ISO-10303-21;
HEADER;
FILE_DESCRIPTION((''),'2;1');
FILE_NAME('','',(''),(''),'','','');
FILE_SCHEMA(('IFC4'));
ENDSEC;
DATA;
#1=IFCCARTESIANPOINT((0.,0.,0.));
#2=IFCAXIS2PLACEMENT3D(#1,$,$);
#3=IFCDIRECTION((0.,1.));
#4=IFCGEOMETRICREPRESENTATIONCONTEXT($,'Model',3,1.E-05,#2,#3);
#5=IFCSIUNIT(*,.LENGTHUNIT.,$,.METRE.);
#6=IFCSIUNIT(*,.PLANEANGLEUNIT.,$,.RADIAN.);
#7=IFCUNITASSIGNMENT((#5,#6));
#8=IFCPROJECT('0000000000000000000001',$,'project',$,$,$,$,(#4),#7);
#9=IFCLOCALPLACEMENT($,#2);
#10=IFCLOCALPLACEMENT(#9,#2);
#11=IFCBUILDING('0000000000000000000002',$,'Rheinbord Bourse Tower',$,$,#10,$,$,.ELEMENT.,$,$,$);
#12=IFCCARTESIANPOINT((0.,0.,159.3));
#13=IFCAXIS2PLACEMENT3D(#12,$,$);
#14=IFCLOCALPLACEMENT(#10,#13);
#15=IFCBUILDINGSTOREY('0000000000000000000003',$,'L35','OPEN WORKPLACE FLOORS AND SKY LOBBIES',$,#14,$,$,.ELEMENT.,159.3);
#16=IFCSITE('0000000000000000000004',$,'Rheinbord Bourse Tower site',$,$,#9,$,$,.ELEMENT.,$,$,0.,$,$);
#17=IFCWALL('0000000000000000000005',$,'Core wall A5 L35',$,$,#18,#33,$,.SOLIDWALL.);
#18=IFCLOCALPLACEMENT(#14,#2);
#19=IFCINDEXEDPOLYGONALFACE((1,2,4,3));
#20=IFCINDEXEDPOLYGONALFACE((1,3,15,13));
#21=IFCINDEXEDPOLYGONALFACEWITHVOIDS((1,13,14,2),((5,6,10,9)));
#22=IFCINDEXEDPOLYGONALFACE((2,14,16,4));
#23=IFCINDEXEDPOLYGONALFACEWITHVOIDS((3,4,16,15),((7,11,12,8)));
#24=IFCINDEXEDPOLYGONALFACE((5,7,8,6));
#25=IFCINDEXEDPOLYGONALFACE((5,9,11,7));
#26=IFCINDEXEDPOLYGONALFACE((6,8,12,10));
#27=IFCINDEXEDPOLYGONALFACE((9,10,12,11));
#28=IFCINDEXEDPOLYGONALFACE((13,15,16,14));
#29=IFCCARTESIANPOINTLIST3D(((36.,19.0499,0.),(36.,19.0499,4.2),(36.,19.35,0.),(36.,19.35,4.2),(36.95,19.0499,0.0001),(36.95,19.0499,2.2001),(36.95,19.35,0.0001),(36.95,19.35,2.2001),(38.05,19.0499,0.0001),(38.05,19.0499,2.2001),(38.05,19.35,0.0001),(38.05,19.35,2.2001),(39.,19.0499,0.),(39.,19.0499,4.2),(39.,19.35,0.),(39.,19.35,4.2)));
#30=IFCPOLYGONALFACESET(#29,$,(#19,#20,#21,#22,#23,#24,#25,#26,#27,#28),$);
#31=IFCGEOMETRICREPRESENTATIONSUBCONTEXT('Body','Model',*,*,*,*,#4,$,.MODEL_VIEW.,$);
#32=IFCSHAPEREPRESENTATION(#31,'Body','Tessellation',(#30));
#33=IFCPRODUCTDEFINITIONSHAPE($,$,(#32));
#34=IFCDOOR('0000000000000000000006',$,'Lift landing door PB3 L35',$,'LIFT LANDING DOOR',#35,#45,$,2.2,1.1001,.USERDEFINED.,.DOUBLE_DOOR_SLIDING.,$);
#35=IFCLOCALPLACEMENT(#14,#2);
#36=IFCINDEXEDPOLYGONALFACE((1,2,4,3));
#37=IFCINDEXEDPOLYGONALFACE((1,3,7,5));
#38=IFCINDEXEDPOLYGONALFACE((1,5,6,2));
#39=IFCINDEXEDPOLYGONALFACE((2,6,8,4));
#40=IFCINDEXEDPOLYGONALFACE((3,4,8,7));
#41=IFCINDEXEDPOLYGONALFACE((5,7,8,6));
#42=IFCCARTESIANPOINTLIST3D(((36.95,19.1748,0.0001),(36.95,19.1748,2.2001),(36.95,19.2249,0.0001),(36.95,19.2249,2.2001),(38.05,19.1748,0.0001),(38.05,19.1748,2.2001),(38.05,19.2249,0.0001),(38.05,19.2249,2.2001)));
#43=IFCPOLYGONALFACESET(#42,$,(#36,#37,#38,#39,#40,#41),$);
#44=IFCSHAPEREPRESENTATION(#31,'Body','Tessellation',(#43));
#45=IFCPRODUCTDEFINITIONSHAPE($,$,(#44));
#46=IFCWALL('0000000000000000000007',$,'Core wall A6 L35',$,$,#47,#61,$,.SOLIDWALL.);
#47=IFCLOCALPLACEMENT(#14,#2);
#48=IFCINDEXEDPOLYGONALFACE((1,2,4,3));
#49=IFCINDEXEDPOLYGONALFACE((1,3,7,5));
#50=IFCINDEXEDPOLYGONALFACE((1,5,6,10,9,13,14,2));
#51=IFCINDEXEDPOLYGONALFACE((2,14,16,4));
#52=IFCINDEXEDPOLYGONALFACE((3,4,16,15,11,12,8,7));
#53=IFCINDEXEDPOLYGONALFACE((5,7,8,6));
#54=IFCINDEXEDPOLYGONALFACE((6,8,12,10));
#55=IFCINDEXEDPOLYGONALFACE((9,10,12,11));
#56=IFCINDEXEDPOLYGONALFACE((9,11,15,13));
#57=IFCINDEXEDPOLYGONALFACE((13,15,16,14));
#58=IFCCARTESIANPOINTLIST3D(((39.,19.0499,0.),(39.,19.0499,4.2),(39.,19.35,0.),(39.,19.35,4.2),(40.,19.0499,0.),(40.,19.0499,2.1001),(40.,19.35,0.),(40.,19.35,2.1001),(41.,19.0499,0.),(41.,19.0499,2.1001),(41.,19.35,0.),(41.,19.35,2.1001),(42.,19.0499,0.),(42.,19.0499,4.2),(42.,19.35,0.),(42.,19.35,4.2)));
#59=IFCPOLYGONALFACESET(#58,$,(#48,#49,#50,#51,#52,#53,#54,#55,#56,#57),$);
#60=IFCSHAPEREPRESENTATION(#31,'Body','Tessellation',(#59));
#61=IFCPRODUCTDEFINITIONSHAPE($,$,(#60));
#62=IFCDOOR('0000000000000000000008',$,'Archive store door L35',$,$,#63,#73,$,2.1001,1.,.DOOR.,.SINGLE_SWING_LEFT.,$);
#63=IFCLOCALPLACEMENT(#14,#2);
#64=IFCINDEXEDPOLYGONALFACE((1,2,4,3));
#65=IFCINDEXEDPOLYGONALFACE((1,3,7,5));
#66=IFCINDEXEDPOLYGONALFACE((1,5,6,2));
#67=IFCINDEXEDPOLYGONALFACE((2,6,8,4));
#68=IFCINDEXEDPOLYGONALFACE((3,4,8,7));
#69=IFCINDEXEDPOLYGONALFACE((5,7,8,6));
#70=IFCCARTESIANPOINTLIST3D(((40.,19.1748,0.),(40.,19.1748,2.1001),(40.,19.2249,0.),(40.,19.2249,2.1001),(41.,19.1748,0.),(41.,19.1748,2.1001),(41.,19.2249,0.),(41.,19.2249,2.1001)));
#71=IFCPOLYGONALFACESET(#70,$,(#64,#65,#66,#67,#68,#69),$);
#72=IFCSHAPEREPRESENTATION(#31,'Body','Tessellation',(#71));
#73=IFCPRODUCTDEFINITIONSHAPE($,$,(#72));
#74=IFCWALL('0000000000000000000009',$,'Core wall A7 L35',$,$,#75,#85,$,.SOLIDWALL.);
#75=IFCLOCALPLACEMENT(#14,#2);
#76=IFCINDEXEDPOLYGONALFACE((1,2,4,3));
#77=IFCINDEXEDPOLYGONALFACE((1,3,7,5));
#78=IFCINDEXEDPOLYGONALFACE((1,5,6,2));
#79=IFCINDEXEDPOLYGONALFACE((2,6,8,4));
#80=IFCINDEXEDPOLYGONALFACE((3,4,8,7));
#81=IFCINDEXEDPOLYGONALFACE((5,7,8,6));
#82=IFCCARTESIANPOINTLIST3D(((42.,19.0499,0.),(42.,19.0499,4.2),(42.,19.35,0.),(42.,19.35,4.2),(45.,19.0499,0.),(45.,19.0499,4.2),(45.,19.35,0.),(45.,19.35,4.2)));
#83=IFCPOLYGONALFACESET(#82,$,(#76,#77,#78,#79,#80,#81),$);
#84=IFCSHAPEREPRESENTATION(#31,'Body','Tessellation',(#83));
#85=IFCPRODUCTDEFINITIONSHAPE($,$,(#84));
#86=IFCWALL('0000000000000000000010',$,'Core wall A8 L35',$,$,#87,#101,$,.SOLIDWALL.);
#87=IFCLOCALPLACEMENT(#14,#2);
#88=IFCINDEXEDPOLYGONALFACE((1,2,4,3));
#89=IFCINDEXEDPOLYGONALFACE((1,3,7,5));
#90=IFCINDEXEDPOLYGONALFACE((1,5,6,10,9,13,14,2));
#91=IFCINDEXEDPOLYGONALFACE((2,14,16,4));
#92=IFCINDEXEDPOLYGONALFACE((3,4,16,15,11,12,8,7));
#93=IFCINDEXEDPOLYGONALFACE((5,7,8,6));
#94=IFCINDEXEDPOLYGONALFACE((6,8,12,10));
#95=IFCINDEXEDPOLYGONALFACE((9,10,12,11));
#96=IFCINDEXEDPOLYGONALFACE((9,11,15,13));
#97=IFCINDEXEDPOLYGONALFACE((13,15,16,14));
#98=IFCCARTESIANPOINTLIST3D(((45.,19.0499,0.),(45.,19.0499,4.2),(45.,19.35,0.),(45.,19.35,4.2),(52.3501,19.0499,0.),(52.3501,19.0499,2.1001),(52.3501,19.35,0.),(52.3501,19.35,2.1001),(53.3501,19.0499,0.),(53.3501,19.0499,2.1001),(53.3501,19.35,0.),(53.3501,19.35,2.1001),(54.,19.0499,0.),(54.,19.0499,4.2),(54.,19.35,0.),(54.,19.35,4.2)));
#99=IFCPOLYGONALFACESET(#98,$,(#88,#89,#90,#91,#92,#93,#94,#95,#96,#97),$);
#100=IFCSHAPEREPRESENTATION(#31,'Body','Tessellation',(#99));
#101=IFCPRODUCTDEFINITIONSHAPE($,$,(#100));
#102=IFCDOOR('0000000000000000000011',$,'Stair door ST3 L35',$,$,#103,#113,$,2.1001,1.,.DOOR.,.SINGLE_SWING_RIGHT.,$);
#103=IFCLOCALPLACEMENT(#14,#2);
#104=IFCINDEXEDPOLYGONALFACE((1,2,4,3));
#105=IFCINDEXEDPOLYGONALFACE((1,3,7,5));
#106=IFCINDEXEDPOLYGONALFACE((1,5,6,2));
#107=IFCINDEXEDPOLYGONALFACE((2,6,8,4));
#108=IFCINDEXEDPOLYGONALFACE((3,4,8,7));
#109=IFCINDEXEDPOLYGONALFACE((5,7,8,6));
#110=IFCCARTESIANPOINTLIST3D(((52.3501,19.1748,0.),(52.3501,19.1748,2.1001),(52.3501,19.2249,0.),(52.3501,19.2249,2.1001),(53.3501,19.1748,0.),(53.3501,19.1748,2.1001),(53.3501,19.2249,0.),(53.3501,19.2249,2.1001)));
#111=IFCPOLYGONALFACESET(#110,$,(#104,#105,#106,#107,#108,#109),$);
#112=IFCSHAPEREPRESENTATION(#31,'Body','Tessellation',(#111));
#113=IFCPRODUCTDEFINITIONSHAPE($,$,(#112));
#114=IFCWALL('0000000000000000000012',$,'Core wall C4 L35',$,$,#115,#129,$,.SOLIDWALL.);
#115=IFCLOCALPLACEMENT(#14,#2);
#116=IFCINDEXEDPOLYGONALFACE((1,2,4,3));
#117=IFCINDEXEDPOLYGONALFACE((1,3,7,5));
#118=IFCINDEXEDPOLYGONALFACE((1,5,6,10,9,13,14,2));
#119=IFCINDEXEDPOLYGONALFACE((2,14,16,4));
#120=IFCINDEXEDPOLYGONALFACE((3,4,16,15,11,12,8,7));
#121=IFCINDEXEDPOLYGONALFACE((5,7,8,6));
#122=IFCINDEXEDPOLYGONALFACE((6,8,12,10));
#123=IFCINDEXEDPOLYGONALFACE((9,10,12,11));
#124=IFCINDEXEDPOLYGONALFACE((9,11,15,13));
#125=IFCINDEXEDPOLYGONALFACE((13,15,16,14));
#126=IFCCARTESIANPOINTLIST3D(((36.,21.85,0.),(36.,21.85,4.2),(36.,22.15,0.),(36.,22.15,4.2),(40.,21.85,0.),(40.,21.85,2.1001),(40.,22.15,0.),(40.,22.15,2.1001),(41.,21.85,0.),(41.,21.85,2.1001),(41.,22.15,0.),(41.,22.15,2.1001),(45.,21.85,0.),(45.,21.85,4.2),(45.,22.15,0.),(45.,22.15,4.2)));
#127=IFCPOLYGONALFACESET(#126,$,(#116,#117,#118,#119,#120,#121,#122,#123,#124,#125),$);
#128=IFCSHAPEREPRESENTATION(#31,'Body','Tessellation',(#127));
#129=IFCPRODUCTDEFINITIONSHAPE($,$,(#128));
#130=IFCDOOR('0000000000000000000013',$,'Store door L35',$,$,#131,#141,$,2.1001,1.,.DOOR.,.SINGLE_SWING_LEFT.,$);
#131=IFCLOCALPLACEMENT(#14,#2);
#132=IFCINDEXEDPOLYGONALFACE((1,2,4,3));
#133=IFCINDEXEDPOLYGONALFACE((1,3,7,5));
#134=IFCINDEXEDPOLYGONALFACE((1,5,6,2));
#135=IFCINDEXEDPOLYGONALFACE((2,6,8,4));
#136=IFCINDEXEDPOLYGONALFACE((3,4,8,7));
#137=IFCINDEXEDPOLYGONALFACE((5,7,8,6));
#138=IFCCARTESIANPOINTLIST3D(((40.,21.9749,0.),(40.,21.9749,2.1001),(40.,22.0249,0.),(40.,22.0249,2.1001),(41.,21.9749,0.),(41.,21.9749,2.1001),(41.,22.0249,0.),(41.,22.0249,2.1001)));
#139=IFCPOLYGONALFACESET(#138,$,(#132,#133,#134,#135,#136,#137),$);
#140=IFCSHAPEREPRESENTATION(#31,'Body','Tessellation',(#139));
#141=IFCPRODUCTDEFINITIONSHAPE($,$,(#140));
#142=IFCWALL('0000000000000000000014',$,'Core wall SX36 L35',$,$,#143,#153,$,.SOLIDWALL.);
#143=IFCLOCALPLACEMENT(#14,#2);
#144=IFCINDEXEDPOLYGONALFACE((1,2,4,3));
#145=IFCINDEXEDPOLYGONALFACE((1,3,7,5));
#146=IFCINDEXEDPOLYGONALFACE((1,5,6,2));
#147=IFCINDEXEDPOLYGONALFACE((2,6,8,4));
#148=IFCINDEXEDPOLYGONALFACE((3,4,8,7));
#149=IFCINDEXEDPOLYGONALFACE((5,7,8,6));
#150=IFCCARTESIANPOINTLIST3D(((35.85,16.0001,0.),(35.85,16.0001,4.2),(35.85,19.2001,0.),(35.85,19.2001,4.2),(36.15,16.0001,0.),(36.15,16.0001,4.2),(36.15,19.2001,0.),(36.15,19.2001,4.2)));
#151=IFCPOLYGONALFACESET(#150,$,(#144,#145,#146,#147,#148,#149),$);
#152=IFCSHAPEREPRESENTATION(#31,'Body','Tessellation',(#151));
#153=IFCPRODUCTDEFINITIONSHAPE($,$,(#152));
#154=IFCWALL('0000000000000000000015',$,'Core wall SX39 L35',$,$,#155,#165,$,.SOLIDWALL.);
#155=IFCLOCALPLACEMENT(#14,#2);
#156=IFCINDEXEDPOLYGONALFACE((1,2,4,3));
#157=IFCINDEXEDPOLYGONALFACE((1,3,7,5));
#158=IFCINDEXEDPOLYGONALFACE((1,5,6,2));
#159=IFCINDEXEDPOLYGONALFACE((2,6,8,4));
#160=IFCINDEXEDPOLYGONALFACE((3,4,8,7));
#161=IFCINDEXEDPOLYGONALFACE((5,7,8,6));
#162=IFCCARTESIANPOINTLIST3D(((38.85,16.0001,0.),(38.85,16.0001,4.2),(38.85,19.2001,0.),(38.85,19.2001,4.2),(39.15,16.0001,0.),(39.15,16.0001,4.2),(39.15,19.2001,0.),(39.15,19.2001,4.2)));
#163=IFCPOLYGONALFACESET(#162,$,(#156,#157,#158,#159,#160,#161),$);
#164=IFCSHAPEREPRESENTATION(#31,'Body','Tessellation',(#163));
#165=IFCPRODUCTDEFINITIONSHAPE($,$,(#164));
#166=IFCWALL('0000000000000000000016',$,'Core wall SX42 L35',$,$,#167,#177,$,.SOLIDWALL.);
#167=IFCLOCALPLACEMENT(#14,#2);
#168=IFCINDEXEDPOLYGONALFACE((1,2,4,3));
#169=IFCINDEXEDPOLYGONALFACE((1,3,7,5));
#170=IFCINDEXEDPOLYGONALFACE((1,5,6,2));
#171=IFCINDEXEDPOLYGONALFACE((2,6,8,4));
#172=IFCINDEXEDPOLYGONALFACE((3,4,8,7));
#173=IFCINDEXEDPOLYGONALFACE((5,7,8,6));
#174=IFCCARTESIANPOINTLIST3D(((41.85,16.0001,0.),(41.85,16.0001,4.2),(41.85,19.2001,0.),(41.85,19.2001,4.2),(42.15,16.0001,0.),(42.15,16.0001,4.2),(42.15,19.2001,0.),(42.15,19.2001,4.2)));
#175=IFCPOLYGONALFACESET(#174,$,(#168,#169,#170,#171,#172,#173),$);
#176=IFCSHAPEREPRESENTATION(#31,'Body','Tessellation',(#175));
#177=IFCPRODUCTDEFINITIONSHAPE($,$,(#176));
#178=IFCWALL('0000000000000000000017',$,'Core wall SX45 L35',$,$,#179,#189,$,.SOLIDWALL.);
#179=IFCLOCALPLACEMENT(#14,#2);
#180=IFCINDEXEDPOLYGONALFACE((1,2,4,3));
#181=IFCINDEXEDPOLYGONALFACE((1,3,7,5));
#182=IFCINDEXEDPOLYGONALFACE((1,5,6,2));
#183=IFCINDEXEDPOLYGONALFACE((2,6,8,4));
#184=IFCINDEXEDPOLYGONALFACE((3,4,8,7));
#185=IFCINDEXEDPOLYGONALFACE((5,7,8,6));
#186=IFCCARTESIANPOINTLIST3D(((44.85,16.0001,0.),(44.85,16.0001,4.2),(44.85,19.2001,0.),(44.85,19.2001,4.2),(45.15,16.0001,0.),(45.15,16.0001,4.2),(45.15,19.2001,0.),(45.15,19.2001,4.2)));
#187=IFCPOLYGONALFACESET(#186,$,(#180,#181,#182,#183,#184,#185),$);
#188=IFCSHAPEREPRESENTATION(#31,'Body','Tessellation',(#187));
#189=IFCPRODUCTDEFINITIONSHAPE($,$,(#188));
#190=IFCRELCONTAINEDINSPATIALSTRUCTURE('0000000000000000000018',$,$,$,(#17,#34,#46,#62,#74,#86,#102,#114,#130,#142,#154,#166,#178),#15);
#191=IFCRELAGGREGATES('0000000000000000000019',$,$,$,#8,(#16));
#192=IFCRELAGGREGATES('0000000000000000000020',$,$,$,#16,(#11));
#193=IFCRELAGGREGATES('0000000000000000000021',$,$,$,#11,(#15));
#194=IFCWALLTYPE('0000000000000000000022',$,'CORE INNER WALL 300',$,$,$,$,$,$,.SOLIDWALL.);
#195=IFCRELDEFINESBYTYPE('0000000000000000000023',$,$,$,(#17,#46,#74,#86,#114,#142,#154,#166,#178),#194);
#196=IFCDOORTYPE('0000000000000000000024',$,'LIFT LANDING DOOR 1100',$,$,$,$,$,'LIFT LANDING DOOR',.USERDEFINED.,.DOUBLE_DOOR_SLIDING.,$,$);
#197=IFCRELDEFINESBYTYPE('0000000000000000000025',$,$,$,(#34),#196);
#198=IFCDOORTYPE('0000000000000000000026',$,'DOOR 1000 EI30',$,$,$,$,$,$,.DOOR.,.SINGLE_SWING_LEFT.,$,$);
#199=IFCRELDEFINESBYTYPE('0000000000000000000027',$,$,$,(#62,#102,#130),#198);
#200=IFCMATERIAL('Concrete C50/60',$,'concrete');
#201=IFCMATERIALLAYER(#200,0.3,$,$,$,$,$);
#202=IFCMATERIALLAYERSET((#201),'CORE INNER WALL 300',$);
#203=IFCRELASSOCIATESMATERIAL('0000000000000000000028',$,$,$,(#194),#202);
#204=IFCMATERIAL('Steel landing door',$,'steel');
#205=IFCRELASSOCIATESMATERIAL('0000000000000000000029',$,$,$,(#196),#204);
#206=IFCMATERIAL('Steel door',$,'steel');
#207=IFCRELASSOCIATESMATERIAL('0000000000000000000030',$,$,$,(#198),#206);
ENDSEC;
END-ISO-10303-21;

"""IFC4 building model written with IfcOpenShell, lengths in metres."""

from ifc_helpers import new_model, si_unit, direction, frame, frame_2d, origin, place, context, subcontext, project, spatial, rectangle, extrude, material, layer, layer_set, type_object, element, fill, save


model = new_model("IFC4")

# Units and contexts
model_context = context("Model", 3, precision=1e-05, world=origin(), true_north=direction((0.0, 1.0)))
body_context = subcontext(model_context, "Body", "Model", "MODEL_VIEW")
ifc_project = project(units=[si_unit("LENGTHUNIT", "METRE"), si_unit("PLANEANGLEUNIT", "RADIAN")], contexts=[model_context])

# Site, building, storey
site_placement = place(None, origin())
site = spatial("IfcSite", under=ifc_project, at=site_placement, Name="Rheinbord Bourse Tower site", CompositionType="ELEMENT", RefElevation=0.0)
building_placement = place(site_placement, origin())
building = spatial("IfcBuilding", under=site, at=building_placement, Name="Rheinbord Bourse Tower", CompositionType="ELEMENT")
storey_placement = place(building_placement, frame((0.0, 0.0, 159.3)))
storey = spatial("IfcBuildingStorey", under=building, at=storey_placement, Name="L35", Description="OPEN WORKPLACE FLOORS AND SKY LOBBIES", CompositionType="ELEMENT", Elevation=159.3)

# Walls, openings, doors
ifc_material_1 = material(Name="Concrete C50/60", Category="concrete")
ifc_layer_1 = layer(ifc_material_1, 0.3)
ifc_layer_set_1 = layer_set([ifc_layer_1], Name="CORE INNER WALL 300")
wall_type_1 = type_object("IfcWallType", Name="CORE INNER WALL 300", PredefinedType="SOLIDWALL", material=ifc_layer_set_1)
wall_1_placement = place(storey_placement, frame((36.0, 19.2, 0.0), z_axis=(0.0, 0.0, 1.0), x_axis=(1.0, 0.0, 0.0)))
wall_1 = element("IfcWall", 1, at=wall_1_placement, inside=storey, type_object=wall_type_1, Name="Core wall A5 L35", PredefinedType="SOLIDWALL", context=body_context, shape_type="SweptSolid", body=[
    extrude(rectangle(XDim=3.0, YDim=0.3, at=frame_2d((1.5, 0.0))), origin(), (0.0, 0.0, 1.0), 4.2),
])
opening_1_placement = place(wall_1_placement, frame((0.95, 0.0, 0.0)))
opening_1 = element("IfcOpeningElement", 2, at=opening_1_placement, cuts=wall_1, PredefinedType="OPENING", context=body_context, shape_type="SweptSolid", body=[
    extrude(rectangle(XDim=1.1001, YDim=2.2, at=frame_2d((0.55, 1.1001))), frame((0.0, 0.1599, 0.0), z_axis=(0.0, -1.0, 0.0), x_axis=(1.0, 0.0, 0.0)), (0.0, 0.0, 1.0), 0.3201),
])
ifc_material_2 = material(Name="Steel landing door", Category="steel")
door_type_1 = type_object("IfcDoorType", Name="LIFT LANDING DOOR 1100", ElementType="LIFT LANDING DOOR", OperationType="DOUBLE_DOOR_SLIDING", PredefinedType="USERDEFINED", material=ifc_material_2)
door_1_placement = place(opening_1_placement, origin())
door_1 = element("IfcDoor", 3, at=door_1_placement, inside=storey, type_object=door_type_1, Name="Lift landing door PB3 L35", ObjectType="LIFT LANDING DOOR", OperationType="DOUBLE_DOOR_SLIDING", OverallHeight=2.2, OverallWidth=1.1001, PredefinedType="USERDEFINED", context=body_context, shape_type="SweptSolid", body=[
    extrude(rectangle(XDim=1.1001, YDim=2.2, at=frame_2d((0.55, 1.1001))), frame((0.0, 0.0249, 0.0), z_axis=(0.0, -1.0, 0.0), x_axis=(1.0, 0.0, 0.0)), (0.0, 0.0, 1.0), 0.05),
])
fill(opening_1, door_1)
wall_2_placement = place(storey_placement, frame((39.0, 19.2, 0.0), z_axis=(0.0, 0.0, 1.0), x_axis=(1.0, 0.0, 0.0)))
wall_2 = element("IfcWall", 4, at=wall_2_placement, inside=storey, type_object=wall_type_1, Name="Core wall A6 L35", PredefinedType="SOLIDWALL", context=body_context, shape_type="SweptSolid", body=[
    extrude(rectangle(XDim=3.0, YDim=0.3, at=frame_2d((1.5, 0.0))), origin(), (0.0, 0.0, 1.0), 4.2),
])
opening_2_placement = place(wall_2_placement, frame((1.0, 0.0, 0.0)))
opening_2 = element("IfcOpeningElement", 5, at=opening_2_placement, cuts=wall_2, PredefinedType="OPENING", context=body_context, shape_type="SweptSolid", body=[
    extrude(rectangle(XDim=1.0, YDim=2.1001, at=frame_2d((0.5, 1.05))), frame((0.0, 0.1599, 0.0), z_axis=(0.0, -1.0, 0.0), x_axis=(1.0, 0.0, 0.0)), (0.0, 0.0, 1.0), 0.3201),
])
ifc_material_3 = material(Name="Steel door", Category="steel")
door_type_2 = type_object("IfcDoorType", Name="DOOR 1000 EI30", OperationType="SINGLE_SWING_LEFT", PredefinedType="DOOR", material=ifc_material_3)
door_2_placement = place(opening_2_placement, origin())
door_2 = element("IfcDoor", 6, at=door_2_placement, inside=storey, type_object=door_type_2, Name="Archive store door L35", OperationType="SINGLE_SWING_LEFT", OverallHeight=2.1001, OverallWidth=1.0, PredefinedType="DOOR", context=body_context, shape_type="SweptSolid", body=[
    extrude(rectangle(XDim=1.0, YDim=2.1001, at=frame_2d((0.5, 1.05))), frame((0.0, 0.0249, 0.0), z_axis=(0.0, -1.0, 0.0), x_axis=(1.0, 0.0, 0.0)), (0.0, 0.0, 1.0), 0.05),
])
fill(opening_2, door_2)

# Wall
wall_3_placement = place(storey_placement, frame((42.0, 19.2, 0.0), z_axis=(0.0, 0.0, 1.0), x_axis=(1.0, 0.0, 0.0)))
element("IfcWall", 7, at=wall_3_placement, inside=storey, type_object=wall_type_1, Name="Core wall A7 L35", PredefinedType="SOLIDWALL", context=body_context, shape_type="SweptSolid", body=[
    extrude(rectangle(XDim=3.0, YDim=0.3, at=frame_2d((1.5, 0.0))), origin(), (0.0, 0.0, 1.0), 4.2),
])

# Walls, openings, doors
wall_4_placement = place(storey_placement, frame((45.0, 19.2, 0.0), z_axis=(0.0, 0.0, 1.0), x_axis=(1.0, 0.0, 0.0)))
wall_4 = element("IfcWall", 8, at=wall_4_placement, inside=storey, type_object=wall_type_1, Name="Core wall A8 L35", PredefinedType="SOLIDWALL", context=body_context, shape_type="SweptSolid", body=[
    extrude(rectangle(XDim=9.0, YDim=0.3, at=frame_2d((4.5, 0.0))), origin(), (0.0, 0.0, 1.0), 4.2),
])
opening_3_placement = place(wall_4_placement, frame((7.3501, 0.0, 0.0)))
opening_3 = element("IfcOpeningElement", 9, at=opening_3_placement, cuts=wall_4, PredefinedType="OPENING", context=body_context, shape_type="SweptSolid", body=[
    extrude(rectangle(XDim=1.0, YDim=2.1001, at=frame_2d((0.5, 1.05))), frame((0.0, 0.1599, 0.0), z_axis=(0.0, -1.0, 0.0), x_axis=(1.0, 0.0, 0.0)), (0.0, 0.0, 1.0), 0.3201),
])
door_3_placement = place(opening_3_placement, origin())
door_3 = element("IfcDoor", 10, at=door_3_placement, inside=storey, type_object=door_type_2, Name="Stair door ST3 L35", OperationType="SINGLE_SWING_RIGHT", OverallHeight=2.1001, OverallWidth=1.0, PredefinedType="DOOR", context=body_context, shape_type="SweptSolid", body=[
    extrude(rectangle(XDim=1.0, YDim=2.1001, at=frame_2d((0.5, 1.05))), frame((0.0, 0.0249, 0.0), z_axis=(0.0, -1.0, 0.0), x_axis=(1.0, 0.0, 0.0)), (0.0, 0.0, 1.0), 0.05),
])
fill(opening_3, door_3)
wall_5_placement = place(storey_placement, frame((36.0, 22.0, 0.0), z_axis=(0.0, 0.0, 1.0), x_axis=(1.0, 0.0, 0.0)))
wall_5 = element("IfcWall", 11, at=wall_5_placement, inside=storey, type_object=wall_type_1, Name="Core wall C4 L35", PredefinedType="SOLIDWALL", context=body_context, shape_type="SweptSolid", body=[
    extrude(rectangle(XDim=9.0, YDim=0.3, at=frame_2d((4.5, 0.0))), origin(), (0.0, 0.0, 1.0), 4.2),
])
opening_4_placement = place(wall_5_placement, frame((4.0, 0.0, 0.0)))
opening_4 = element("IfcOpeningElement", 12, at=opening_4_placement, cuts=wall_5, PredefinedType="OPENING", context=body_context, shape_type="SweptSolid", body=[
    extrude(rectangle(XDim=1.0, YDim=2.1001, at=frame_2d((0.5, 1.05))), frame((0.0, 0.1599, 0.0), z_axis=(0.0, -1.0, 0.0), x_axis=(1.0, 0.0, 0.0)), (0.0, 0.0, 1.0), 0.3201),
])
door_4_placement = place(opening_4_placement, origin())
door_4 = element("IfcDoor", 13, at=door_4_placement, inside=storey, type_object=door_type_2, Name="Store door L35", OperationType="SINGLE_SWING_LEFT", OverallHeight=2.1001, OverallWidth=1.0, PredefinedType="DOOR", context=body_context, shape_type="SweptSolid", body=[
    extrude(rectangle(XDim=1.0, YDim=2.1001, at=frame_2d((0.5, 1.05))), frame((0.0, 0.0249, 0.0), z_axis=(0.0, -1.0, 0.0), x_axis=(1.0, 0.0, 0.0)), (0.0, 0.0, 1.0), 0.05),
])
fill(opening_4, door_4)

# Walls
for number, where, z_axis, x_axis, name in (
    (14, (36.0, 16.0, 0.0), (0.0, 0.0, 1.0), (0.0, 1.0, 0.0), "Core wall SX36 L35"),
    (15, (39.0, 16.0, 0.0), (0.0, 0.0, 1.0), (0.0, 1.0, 0.0), "Core wall SX39 L35"),
    (16, (42.0, 16.0, 0.0), (0.0, 0.0, 1.0), (0.0, 1.0, 0.0), "Core wall SX42 L35"),
    (17, (45.0, 16.0, 0.0), (0.0, 0.0, 1.0), (0.0, 1.0, 0.0), "Core wall SX45 L35"),
):
    element("IfcWall", number, at=place(storey_placement, frame(where, z_axis=z_axis, x_axis=x_axis)), inside=storey, type_object=wall_type_1, Name=name, PredefinedType="SOLIDWALL", context=body_context, shape_type="SweptSolid", body=[
        extrude(rectangle(XDim=3.2, YDim=0.3, at=frame_2d((1.6001, 0.0))), origin(), (0.0, 0.0, 1.0), 4.2),
    ])

save(model, "model.ifc")
